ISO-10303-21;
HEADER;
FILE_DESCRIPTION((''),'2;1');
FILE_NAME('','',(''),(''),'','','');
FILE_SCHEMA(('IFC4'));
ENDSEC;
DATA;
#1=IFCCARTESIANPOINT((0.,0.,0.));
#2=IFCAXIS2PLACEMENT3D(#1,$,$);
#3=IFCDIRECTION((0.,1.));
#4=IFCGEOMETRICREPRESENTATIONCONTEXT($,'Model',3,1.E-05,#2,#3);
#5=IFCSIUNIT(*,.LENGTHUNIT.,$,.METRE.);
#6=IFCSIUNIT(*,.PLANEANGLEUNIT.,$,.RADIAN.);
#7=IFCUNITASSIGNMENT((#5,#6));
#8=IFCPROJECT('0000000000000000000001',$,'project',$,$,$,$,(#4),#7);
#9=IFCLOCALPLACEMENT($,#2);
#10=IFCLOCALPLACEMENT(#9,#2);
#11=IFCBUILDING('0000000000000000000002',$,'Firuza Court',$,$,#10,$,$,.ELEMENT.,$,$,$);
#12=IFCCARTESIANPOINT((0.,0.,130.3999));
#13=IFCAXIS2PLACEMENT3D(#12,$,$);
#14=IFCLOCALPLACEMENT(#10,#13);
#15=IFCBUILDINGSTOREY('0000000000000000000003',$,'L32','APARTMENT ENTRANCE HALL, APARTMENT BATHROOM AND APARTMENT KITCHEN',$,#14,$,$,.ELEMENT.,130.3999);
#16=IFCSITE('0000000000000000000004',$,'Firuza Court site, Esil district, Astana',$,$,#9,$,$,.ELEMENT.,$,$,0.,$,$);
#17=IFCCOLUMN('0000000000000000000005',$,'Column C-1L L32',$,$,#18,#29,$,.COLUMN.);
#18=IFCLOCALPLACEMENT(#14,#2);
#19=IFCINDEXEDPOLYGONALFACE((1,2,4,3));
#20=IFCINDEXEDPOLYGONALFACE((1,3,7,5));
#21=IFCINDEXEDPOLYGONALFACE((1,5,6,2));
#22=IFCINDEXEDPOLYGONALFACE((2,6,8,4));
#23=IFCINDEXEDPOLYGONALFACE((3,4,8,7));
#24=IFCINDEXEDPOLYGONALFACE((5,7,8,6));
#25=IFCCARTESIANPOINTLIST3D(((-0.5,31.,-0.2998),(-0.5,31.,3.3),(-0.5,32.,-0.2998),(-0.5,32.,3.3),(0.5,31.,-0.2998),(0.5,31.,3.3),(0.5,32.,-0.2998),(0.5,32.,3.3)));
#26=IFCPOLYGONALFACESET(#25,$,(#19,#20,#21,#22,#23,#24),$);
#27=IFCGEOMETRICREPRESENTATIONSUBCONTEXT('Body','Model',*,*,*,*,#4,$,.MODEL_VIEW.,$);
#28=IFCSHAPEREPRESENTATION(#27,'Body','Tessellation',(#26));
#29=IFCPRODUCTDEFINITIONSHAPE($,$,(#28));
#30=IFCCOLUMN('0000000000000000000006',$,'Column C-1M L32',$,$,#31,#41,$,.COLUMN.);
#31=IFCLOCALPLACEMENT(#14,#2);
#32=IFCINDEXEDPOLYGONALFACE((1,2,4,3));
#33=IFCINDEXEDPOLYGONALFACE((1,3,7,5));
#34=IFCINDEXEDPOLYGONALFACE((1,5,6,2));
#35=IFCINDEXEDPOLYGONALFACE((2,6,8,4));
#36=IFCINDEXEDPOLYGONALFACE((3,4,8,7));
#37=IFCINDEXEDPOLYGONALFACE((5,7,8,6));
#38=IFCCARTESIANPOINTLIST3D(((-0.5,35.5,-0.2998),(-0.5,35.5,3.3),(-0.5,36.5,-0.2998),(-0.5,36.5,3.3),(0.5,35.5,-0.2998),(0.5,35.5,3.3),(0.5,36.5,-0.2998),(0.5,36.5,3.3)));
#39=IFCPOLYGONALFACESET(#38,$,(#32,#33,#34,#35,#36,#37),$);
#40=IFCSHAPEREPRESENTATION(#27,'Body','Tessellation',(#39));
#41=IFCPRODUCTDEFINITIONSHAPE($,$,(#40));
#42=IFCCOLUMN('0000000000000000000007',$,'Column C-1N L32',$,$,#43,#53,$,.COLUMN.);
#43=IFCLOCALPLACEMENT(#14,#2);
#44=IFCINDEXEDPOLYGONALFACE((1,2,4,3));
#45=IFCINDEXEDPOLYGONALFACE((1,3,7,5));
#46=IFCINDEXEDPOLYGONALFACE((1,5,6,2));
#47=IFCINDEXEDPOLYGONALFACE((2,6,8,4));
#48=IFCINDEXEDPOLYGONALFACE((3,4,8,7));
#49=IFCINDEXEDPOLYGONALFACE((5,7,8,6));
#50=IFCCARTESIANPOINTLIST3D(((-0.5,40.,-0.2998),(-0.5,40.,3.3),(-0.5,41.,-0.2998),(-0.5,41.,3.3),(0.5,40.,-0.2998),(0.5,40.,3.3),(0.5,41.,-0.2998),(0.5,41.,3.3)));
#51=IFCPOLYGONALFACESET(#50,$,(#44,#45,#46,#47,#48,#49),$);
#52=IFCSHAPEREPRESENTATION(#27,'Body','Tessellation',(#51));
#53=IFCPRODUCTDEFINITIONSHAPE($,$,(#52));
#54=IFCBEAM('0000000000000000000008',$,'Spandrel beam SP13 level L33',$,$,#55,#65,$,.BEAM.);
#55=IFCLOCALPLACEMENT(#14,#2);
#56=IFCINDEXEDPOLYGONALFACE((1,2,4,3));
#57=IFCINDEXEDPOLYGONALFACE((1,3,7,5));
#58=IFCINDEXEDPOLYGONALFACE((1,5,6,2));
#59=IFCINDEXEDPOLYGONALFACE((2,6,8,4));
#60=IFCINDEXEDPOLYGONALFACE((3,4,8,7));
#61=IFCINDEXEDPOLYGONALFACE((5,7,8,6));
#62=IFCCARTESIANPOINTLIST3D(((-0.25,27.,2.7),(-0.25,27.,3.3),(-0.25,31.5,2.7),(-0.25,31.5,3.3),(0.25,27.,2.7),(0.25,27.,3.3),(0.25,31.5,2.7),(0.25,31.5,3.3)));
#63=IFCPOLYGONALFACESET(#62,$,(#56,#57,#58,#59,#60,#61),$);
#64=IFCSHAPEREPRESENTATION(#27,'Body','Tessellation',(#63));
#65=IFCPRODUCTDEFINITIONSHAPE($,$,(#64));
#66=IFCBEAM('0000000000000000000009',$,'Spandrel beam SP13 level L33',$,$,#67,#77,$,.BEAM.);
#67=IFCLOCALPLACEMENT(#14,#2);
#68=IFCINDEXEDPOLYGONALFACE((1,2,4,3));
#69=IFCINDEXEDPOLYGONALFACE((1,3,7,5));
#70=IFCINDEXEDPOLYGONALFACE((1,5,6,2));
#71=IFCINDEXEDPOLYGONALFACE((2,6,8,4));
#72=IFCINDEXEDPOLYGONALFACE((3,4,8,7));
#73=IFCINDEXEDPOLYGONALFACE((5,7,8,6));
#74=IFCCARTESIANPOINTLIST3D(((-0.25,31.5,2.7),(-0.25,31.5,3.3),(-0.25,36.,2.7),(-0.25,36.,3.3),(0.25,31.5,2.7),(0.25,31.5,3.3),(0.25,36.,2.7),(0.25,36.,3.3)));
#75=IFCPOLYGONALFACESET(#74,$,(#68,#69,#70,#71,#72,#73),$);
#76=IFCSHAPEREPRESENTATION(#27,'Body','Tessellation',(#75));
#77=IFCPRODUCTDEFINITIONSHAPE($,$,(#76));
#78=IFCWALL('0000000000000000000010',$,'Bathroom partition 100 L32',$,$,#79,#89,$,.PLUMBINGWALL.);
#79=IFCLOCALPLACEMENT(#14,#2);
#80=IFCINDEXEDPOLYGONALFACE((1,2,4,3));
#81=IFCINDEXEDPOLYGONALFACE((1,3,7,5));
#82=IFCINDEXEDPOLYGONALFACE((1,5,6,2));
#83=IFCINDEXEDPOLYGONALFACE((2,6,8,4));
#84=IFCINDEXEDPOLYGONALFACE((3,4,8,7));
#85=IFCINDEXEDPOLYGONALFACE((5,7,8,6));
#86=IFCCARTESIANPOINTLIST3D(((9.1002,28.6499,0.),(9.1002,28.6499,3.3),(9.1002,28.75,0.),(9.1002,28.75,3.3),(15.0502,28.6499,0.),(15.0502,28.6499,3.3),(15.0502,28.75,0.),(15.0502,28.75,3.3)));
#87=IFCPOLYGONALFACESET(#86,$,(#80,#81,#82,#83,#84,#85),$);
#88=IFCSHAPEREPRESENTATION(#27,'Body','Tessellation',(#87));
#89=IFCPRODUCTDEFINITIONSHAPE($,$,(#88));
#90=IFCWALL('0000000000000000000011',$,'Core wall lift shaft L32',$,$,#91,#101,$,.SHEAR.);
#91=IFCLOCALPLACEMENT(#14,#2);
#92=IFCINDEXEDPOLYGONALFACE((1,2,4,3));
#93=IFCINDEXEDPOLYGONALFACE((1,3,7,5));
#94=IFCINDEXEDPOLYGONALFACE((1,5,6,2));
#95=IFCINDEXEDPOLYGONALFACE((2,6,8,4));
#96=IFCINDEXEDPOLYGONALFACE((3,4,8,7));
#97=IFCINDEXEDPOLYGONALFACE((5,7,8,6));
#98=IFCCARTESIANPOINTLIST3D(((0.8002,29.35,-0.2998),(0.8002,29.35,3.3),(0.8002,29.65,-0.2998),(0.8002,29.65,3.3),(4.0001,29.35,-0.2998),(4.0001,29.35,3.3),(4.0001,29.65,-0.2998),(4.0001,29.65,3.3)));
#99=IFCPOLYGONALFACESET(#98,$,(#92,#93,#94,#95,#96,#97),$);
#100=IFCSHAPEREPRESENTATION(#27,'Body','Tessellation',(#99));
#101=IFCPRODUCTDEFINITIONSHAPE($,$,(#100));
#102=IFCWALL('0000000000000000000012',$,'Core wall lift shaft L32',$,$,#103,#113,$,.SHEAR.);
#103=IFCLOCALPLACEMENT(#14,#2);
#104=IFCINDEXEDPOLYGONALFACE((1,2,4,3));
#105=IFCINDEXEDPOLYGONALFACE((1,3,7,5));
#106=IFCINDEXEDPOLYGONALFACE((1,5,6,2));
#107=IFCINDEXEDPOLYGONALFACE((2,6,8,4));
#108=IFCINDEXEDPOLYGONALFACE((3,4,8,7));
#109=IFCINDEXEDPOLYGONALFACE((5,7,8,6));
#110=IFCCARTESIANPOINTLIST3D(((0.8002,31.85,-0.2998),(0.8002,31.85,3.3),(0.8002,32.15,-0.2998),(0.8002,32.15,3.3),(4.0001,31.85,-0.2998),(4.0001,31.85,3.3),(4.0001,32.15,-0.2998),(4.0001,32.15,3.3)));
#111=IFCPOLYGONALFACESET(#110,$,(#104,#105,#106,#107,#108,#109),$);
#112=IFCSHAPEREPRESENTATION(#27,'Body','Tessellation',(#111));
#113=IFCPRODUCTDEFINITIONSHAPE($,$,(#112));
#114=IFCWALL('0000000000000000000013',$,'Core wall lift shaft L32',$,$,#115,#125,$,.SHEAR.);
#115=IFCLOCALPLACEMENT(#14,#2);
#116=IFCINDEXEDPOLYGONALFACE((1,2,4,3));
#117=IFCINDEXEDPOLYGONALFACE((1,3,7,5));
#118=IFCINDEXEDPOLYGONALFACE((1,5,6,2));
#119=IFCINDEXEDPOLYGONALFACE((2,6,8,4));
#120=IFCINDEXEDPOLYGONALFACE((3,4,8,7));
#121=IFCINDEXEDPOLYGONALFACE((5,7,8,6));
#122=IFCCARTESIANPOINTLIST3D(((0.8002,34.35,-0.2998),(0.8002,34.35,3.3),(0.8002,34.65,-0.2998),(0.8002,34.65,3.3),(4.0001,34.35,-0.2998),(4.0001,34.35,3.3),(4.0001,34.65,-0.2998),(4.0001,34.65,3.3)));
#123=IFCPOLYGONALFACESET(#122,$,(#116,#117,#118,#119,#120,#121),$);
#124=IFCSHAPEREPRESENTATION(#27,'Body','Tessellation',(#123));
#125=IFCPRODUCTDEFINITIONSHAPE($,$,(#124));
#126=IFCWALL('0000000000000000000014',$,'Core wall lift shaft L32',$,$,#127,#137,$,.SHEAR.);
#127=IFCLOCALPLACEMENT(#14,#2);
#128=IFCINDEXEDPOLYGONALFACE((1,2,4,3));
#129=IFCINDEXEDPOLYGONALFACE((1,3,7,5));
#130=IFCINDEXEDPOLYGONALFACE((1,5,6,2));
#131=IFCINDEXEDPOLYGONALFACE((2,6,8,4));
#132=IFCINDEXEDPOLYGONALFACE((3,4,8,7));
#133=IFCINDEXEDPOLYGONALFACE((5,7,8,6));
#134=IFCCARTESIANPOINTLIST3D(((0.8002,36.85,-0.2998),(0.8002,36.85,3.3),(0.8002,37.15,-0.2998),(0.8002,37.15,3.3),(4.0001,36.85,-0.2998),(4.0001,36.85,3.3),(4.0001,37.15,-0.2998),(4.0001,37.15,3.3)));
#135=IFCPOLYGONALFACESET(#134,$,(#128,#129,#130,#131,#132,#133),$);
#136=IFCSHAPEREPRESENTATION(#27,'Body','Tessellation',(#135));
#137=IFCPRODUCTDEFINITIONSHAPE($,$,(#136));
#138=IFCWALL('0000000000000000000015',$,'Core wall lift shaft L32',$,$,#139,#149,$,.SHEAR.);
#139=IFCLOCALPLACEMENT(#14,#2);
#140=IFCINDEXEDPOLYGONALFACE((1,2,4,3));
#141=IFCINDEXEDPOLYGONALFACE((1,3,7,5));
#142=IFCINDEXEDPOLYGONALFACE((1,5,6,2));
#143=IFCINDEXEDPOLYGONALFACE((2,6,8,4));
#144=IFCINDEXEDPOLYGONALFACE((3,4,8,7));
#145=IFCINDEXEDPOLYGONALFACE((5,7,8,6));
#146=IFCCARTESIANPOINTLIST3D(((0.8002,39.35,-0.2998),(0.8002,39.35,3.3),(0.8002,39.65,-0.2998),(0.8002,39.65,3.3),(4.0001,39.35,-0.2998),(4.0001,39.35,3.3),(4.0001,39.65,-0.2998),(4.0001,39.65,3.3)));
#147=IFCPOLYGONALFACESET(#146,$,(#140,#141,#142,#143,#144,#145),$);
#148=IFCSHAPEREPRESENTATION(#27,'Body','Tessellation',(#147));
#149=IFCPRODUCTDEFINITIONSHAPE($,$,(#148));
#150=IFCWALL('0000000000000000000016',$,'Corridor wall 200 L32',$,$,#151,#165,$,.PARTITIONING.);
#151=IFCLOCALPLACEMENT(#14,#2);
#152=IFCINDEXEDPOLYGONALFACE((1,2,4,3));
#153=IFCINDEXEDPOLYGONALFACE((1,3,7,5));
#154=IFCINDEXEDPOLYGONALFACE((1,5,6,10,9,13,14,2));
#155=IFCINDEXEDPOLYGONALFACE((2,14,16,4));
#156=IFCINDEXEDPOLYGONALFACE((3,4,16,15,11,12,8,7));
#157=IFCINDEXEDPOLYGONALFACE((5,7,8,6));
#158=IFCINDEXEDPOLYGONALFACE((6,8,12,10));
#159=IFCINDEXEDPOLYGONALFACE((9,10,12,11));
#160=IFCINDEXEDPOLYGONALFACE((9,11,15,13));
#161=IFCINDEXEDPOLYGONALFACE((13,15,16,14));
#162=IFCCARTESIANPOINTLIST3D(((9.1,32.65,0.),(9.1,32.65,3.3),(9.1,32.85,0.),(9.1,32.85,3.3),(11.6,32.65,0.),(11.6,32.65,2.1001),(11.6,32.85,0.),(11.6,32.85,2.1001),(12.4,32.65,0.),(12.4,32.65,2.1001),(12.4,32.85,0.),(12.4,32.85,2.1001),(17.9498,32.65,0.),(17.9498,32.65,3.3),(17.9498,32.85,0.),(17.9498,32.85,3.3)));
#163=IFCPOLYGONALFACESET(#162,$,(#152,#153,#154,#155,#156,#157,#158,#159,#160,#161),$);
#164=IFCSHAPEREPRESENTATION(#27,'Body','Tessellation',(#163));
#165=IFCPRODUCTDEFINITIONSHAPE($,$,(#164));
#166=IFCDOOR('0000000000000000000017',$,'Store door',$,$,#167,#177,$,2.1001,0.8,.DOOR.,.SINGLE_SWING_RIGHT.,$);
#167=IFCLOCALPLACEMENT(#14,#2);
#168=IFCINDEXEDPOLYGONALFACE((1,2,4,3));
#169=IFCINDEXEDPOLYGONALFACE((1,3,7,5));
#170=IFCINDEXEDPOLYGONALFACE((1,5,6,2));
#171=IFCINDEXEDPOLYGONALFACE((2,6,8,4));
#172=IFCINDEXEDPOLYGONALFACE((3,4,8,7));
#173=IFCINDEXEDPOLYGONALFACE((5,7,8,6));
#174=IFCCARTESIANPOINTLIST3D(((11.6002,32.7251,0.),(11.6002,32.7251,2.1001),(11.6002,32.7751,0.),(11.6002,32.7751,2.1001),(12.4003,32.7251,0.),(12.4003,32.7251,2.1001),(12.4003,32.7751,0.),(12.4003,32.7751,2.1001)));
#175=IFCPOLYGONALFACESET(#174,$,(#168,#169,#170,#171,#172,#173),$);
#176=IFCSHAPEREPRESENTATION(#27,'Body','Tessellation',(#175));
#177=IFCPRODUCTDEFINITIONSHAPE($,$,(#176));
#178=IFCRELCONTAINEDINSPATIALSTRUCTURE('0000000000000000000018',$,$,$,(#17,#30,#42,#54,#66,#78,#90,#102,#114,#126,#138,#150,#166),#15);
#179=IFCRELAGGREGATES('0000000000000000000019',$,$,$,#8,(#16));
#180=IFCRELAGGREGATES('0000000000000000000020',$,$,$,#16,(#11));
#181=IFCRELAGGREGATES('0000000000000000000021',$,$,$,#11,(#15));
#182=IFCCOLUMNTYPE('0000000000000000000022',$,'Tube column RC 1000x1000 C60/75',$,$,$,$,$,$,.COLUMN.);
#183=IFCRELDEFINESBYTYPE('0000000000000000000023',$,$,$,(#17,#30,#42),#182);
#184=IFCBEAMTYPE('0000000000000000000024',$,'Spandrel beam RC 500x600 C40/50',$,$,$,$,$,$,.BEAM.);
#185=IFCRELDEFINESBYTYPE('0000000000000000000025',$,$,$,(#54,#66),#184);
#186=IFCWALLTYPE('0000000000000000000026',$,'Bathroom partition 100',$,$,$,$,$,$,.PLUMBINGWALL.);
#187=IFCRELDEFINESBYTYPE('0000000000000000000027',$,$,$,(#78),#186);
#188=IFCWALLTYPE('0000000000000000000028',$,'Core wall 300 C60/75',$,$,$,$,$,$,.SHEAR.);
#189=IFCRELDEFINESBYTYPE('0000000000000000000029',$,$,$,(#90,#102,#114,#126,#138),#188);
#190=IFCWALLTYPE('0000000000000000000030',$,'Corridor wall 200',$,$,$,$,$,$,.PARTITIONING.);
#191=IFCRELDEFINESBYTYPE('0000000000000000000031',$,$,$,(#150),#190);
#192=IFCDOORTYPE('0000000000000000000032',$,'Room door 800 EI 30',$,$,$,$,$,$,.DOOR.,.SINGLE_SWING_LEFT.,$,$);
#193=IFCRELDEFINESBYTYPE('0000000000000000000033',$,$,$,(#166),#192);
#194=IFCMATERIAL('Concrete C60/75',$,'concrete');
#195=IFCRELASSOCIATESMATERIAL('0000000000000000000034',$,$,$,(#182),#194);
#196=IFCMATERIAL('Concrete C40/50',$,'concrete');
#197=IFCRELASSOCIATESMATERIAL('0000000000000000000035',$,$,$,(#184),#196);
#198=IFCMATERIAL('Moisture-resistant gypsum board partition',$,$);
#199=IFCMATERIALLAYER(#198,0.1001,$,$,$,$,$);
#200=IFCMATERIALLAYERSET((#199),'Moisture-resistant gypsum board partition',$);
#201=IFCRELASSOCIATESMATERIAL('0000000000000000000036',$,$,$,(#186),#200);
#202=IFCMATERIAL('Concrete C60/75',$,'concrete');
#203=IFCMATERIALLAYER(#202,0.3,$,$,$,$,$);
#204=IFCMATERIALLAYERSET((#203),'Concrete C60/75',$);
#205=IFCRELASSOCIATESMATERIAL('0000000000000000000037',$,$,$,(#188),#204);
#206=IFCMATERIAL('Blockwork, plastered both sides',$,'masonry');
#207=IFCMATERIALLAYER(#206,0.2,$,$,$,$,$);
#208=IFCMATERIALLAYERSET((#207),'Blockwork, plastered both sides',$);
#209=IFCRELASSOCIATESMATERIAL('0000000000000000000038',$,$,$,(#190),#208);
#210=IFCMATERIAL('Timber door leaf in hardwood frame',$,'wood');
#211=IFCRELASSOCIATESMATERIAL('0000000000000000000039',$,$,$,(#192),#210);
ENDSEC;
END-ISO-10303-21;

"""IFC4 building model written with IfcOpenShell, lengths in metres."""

from ifc_helpers import new_model, si_unit, direction, frame, frame_2d, origin, origin_2d, place, context, subcontext, project, spatial, rectangle, extrude, material, layer, layer_set, material_profile, profile_set, type_object, element, fill, save


model = new_model("IFC4")

# Units and contexts
model_context = context("Model", 3, precision=1e-05, world=origin(), true_north=direction((0.0, 1.0)))
body_context = subcontext(model_context, "Body", "Model", "MODEL_VIEW")
ifc_project = project(units=[si_unit("LENGTHUNIT", "METRE"), si_unit("PLANEANGLEUNIT", "RADIAN")], contexts=[model_context])

# Site, building, storey
site_placement = place(None, origin())
site = spatial("IfcSite", under=ifc_project, at=site_placement, Name="Firuza Court site, Esil district, Astana", CompositionType="ELEMENT", RefElevation=0.0)
building_placement = place(site_placement, origin())
building = spatial("IfcBuilding", under=site, at=building_placement, Name="Firuza Court", CompositionType="ELEMENT")
storey_placement = place(building_placement, frame((0.0, 0.0, 130.3999)))
storey = spatial("IfcBuildingStorey", under=building, at=storey_placement, Name="L32", Description="APARTMENT ENTRANCE HALL, APARTMENT BATHROOM AND APARTMENT KITCHEN", CompositionType="ELEMENT", Elevation=130.3999)

# Columns
ifc_material_1 = material(Name="Concrete C60/75", Category="concrete")
ifc_material_profile_1 = material_profile(ifc_material_1, rectangle(XDim=1.0, YDim=1.0, at=origin_2d()), Name="RC 1000x1000")
ifc_profile_set_1 = profile_set([ifc_material_profile_1], Name="Concrete C60/75")
column_type = type_object("IfcColumnType", Name="Tube column RC 1000x1000 C60/75", PredefinedType="COLUMN", material=ifc_profile_set_1)
for number, where, z_axis, x_axis, name in (
    (1, (0.0, 31.5, -0.2998), (0.0, 0.0, 1.0), (1.0, 0.0, 0.0), "Column C-1L L32"),
    (2, (0.0, 36.0, -0.2998), (0.0, 0.0, 1.0), (1.0, 0.0, 0.0), "Column C-1M L32"),
    (3, (0.0, 40.5, -0.2998), (0.0, 0.0, 1.0), (1.0, 0.0, 0.0), "Column C-1N L32"),
):
    element("IfcColumn", number, at=place(storey_placement, frame(where, z_axis=z_axis, x_axis=x_axis)), inside=storey, type_object=column_type, Name=name, PredefinedType="COLUMN", context=body_context, shape_type="SweptSolid", body=[
        extrude(rectangle(XDim=1.0, YDim=1.0, at=origin_2d()), origin(), (0.0, 0.0, 1.0), 3.5999),
    ])

# Beams
ifc_material_2 = material(Name="Concrete C40/50", Category="concrete")
ifc_material_profile_2 = material_profile(ifc_material_2, rectangle(XDim=0.5, YDim=0.6001, at=origin_2d()), Name="RC 500x600")
ifc_profile_set_2 = profile_set([ifc_material_profile_2], Name="Concrete C40/50")
beam_type = type_object("IfcBeamType", Name="Spandrel beam RC 500x600 C40/50", PredefinedType="BEAM", material=ifc_profile_set_2)
for number, where, z_axis, x_axis, name in (
    (4, (0.0, 31.5, 3.0), (0.0, -1.0, 0.0), (1.0, 0.0, 0.0), "Spandrel beam SP13 level L33"),
    (5, (0.0, 36.0, 3.0), (0.0, -1.0, 0.0), (1.0, 0.0, 0.0), "Spandrel beam SP13 level L33"),
):
    element("IfcBeam", number, at=place(storey_placement, frame(where, z_axis=z_axis, x_axis=x_axis)), inside=storey, type_object=beam_type, Name=name, PredefinedType="BEAM", context=body_context, shape_type="SweptSolid", body=[
        extrude(rectangle(XDim=0.5, YDim=0.6001, at=origin_2d()), origin(), (0.0, 0.0, 1.0), 4.5),
    ])

# Walls
ifc_material_3 = material(Name="Moisture-resistant gypsum board partition")
ifc_layer_1 = layer(ifc_material_3, 0.1001)
ifc_layer_set_1 = layer_set([ifc_layer_1], Name="Moisture-resistant gypsum board partition")
wall_type_1 = type_object("IfcWallType", Name="Bathroom partition 100", PredefinedType="PLUMBINGWALL", material=ifc_layer_set_1)
wall_1_placement = place(storey_placement, frame((9.1001, 28.7, 0.0), z_axis=(0.0, 0.0, 1.0), x_axis=(1.0, 0.0, 0.0)))
element("IfcWall", 6, at=wall_1_placement, inside=storey, type_object=wall_type_1, Name="Bathroom partition 100 L32", PredefinedType="PLUMBINGWALL", context=body_context, shape_type="SweptSolid", body=[
    extrude(rectangle(XDim=5.95, YDim=0.1001, at=frame_2d((2.9751, 0.0))), origin(), (0.0, 0.0, 1.0), 3.3),
])
ifc_material_4 = material(Name="Concrete C60/75", Category="concrete")
ifc_layer_2 = layer(ifc_material_4, 0.3)
ifc_layer_set_2 = layer_set([ifc_layer_2], Name="Concrete C60/75")
wall_type_2 = type_object("IfcWallType", Name="Core wall 300 C60/75", PredefinedType="SHEAR", material=ifc_layer_set_2)
for number, where, z_axis, x_axis, name in (
    (7, (0.8, 29.5, -0.2998), (0.0, 0.0, 1.0), (1.0, 0.0, 0.0), "Core wall lift shaft L32"),
    (8, (0.8, 32.0, -0.2998), (0.0, 0.0, 1.0), (1.0, 0.0, 0.0), "Core wall lift shaft L32"),
    (9, (0.8, 34.5, -0.2998), (0.0, 0.0, 1.0), (1.0, 0.0, 0.0), "Core wall lift shaft L32"),
    (10, (0.8, 37.0, -0.2998), (0.0, 0.0, 1.0), (1.0, 0.0, 0.0), "Core wall lift shaft L32"),
    (11, (0.8, 39.5, -0.2998), (0.0, 0.0, 1.0), (1.0, 0.0, 0.0), "Core wall lift shaft L32"),
):
    element("IfcWall", number, at=place(storey_placement, frame(where, z_axis=z_axis, x_axis=x_axis)), inside=storey, type_object=wall_type_2, Name=name, PredefinedType="SHEAR", context=body_context, shape_type="SweptSolid", body=[
        extrude(rectangle(XDim=3.2, YDim=0.3, at=frame_2d((1.6001, 0.0))), origin(), (0.0, 0.0, 1.0), 3.5999),
    ])

# Wall, opening, door
ifc_material_5 = material(Name="Blockwork, plastered both sides", Category="masonry")
ifc_layer_3 = layer(ifc_material_5, 0.2)
ifc_layer_set_3 = layer_set([ifc_layer_3], Name="Blockwork, plastered both sides")
wall_type_3 = type_object("IfcWallType", Name="Corridor wall 200", PredefinedType="PARTITIONING", material=ifc_layer_set_3)
wall_2_placement = place(storey_placement, frame((9.1001, 32.75, 0.0), z_axis=(0.0, 0.0, 1.0), x_axis=(1.0, 0.0, 0.0)))
wall_2 = element("IfcWall", 12, at=wall_2_placement, inside=storey, type_object=wall_type_3, Name="Corridor wall 200 L32", PredefinedType="PARTITIONING", context=body_context, shape_type="SweptSolid", body=[
    extrude(rectangle(XDim=8.8499, YDim=0.2, at=frame_2d((4.4248, 0.0))), origin(), (0.0, 0.0, 1.0), 3.3),
])
opening_1_placement = place(wall_2_placement, frame((2.5, 0.0, 0.0)))
opening_1 = element("IfcOpeningElement", 13, at=opening_1_placement, cuts=wall_2, PredefinedType="OPENING", context=body_context, shape_type="SweptSolid", body=[
    extrude(rectangle(XDim=0.8, YDim=2.1001, at=frame_2d((0.3999, 1.05))), frame((0.0, 0.1118, 0.0), z_axis=(0.0, -1.0, 0.0), x_axis=(1.0, 0.0, 0.0)), (0.0, 0.0, 1.0), 0.2239),
])
ifc_material_6 = material(Name="Timber door leaf in hardwood frame", Category="wood")
door_type_1 = type_object("IfcDoorType", Name="Room door 800 EI 30", OperationType="SINGLE_SWING_LEFT", PredefinedType="DOOR", material=ifc_material_6)
door_1_placement = place(opening_1_placement, frame((0.8, 0.0, 0.0), z_axis=(0.0, 0.0, 1.0), x_axis=(-1.0, 0.0, 0.0)))
door_1 = element("IfcDoor", 14, at=door_1_placement, inside=storey, type_object=door_type_1, Name="Store door", OperationType="SINGLE_SWING_RIGHT", OverallHeight=2.1001, OverallWidth=0.8, PredefinedType="DOOR", context=body_context, shape_type="SweptSolid", body=[
    extrude(rectangle(XDim=0.8, YDim=2.1001, at=frame_2d((0.3999, 1.05))), frame((0.0, 0.0249, 0.0), z_axis=(0.0, -1.0, 0.0), x_axis=(1.0, 0.0, 0.0)), (0.0, 0.0, 1.0), 0.05),
])
fill(opening_1, door_1)

save(model, "model.ifc")
